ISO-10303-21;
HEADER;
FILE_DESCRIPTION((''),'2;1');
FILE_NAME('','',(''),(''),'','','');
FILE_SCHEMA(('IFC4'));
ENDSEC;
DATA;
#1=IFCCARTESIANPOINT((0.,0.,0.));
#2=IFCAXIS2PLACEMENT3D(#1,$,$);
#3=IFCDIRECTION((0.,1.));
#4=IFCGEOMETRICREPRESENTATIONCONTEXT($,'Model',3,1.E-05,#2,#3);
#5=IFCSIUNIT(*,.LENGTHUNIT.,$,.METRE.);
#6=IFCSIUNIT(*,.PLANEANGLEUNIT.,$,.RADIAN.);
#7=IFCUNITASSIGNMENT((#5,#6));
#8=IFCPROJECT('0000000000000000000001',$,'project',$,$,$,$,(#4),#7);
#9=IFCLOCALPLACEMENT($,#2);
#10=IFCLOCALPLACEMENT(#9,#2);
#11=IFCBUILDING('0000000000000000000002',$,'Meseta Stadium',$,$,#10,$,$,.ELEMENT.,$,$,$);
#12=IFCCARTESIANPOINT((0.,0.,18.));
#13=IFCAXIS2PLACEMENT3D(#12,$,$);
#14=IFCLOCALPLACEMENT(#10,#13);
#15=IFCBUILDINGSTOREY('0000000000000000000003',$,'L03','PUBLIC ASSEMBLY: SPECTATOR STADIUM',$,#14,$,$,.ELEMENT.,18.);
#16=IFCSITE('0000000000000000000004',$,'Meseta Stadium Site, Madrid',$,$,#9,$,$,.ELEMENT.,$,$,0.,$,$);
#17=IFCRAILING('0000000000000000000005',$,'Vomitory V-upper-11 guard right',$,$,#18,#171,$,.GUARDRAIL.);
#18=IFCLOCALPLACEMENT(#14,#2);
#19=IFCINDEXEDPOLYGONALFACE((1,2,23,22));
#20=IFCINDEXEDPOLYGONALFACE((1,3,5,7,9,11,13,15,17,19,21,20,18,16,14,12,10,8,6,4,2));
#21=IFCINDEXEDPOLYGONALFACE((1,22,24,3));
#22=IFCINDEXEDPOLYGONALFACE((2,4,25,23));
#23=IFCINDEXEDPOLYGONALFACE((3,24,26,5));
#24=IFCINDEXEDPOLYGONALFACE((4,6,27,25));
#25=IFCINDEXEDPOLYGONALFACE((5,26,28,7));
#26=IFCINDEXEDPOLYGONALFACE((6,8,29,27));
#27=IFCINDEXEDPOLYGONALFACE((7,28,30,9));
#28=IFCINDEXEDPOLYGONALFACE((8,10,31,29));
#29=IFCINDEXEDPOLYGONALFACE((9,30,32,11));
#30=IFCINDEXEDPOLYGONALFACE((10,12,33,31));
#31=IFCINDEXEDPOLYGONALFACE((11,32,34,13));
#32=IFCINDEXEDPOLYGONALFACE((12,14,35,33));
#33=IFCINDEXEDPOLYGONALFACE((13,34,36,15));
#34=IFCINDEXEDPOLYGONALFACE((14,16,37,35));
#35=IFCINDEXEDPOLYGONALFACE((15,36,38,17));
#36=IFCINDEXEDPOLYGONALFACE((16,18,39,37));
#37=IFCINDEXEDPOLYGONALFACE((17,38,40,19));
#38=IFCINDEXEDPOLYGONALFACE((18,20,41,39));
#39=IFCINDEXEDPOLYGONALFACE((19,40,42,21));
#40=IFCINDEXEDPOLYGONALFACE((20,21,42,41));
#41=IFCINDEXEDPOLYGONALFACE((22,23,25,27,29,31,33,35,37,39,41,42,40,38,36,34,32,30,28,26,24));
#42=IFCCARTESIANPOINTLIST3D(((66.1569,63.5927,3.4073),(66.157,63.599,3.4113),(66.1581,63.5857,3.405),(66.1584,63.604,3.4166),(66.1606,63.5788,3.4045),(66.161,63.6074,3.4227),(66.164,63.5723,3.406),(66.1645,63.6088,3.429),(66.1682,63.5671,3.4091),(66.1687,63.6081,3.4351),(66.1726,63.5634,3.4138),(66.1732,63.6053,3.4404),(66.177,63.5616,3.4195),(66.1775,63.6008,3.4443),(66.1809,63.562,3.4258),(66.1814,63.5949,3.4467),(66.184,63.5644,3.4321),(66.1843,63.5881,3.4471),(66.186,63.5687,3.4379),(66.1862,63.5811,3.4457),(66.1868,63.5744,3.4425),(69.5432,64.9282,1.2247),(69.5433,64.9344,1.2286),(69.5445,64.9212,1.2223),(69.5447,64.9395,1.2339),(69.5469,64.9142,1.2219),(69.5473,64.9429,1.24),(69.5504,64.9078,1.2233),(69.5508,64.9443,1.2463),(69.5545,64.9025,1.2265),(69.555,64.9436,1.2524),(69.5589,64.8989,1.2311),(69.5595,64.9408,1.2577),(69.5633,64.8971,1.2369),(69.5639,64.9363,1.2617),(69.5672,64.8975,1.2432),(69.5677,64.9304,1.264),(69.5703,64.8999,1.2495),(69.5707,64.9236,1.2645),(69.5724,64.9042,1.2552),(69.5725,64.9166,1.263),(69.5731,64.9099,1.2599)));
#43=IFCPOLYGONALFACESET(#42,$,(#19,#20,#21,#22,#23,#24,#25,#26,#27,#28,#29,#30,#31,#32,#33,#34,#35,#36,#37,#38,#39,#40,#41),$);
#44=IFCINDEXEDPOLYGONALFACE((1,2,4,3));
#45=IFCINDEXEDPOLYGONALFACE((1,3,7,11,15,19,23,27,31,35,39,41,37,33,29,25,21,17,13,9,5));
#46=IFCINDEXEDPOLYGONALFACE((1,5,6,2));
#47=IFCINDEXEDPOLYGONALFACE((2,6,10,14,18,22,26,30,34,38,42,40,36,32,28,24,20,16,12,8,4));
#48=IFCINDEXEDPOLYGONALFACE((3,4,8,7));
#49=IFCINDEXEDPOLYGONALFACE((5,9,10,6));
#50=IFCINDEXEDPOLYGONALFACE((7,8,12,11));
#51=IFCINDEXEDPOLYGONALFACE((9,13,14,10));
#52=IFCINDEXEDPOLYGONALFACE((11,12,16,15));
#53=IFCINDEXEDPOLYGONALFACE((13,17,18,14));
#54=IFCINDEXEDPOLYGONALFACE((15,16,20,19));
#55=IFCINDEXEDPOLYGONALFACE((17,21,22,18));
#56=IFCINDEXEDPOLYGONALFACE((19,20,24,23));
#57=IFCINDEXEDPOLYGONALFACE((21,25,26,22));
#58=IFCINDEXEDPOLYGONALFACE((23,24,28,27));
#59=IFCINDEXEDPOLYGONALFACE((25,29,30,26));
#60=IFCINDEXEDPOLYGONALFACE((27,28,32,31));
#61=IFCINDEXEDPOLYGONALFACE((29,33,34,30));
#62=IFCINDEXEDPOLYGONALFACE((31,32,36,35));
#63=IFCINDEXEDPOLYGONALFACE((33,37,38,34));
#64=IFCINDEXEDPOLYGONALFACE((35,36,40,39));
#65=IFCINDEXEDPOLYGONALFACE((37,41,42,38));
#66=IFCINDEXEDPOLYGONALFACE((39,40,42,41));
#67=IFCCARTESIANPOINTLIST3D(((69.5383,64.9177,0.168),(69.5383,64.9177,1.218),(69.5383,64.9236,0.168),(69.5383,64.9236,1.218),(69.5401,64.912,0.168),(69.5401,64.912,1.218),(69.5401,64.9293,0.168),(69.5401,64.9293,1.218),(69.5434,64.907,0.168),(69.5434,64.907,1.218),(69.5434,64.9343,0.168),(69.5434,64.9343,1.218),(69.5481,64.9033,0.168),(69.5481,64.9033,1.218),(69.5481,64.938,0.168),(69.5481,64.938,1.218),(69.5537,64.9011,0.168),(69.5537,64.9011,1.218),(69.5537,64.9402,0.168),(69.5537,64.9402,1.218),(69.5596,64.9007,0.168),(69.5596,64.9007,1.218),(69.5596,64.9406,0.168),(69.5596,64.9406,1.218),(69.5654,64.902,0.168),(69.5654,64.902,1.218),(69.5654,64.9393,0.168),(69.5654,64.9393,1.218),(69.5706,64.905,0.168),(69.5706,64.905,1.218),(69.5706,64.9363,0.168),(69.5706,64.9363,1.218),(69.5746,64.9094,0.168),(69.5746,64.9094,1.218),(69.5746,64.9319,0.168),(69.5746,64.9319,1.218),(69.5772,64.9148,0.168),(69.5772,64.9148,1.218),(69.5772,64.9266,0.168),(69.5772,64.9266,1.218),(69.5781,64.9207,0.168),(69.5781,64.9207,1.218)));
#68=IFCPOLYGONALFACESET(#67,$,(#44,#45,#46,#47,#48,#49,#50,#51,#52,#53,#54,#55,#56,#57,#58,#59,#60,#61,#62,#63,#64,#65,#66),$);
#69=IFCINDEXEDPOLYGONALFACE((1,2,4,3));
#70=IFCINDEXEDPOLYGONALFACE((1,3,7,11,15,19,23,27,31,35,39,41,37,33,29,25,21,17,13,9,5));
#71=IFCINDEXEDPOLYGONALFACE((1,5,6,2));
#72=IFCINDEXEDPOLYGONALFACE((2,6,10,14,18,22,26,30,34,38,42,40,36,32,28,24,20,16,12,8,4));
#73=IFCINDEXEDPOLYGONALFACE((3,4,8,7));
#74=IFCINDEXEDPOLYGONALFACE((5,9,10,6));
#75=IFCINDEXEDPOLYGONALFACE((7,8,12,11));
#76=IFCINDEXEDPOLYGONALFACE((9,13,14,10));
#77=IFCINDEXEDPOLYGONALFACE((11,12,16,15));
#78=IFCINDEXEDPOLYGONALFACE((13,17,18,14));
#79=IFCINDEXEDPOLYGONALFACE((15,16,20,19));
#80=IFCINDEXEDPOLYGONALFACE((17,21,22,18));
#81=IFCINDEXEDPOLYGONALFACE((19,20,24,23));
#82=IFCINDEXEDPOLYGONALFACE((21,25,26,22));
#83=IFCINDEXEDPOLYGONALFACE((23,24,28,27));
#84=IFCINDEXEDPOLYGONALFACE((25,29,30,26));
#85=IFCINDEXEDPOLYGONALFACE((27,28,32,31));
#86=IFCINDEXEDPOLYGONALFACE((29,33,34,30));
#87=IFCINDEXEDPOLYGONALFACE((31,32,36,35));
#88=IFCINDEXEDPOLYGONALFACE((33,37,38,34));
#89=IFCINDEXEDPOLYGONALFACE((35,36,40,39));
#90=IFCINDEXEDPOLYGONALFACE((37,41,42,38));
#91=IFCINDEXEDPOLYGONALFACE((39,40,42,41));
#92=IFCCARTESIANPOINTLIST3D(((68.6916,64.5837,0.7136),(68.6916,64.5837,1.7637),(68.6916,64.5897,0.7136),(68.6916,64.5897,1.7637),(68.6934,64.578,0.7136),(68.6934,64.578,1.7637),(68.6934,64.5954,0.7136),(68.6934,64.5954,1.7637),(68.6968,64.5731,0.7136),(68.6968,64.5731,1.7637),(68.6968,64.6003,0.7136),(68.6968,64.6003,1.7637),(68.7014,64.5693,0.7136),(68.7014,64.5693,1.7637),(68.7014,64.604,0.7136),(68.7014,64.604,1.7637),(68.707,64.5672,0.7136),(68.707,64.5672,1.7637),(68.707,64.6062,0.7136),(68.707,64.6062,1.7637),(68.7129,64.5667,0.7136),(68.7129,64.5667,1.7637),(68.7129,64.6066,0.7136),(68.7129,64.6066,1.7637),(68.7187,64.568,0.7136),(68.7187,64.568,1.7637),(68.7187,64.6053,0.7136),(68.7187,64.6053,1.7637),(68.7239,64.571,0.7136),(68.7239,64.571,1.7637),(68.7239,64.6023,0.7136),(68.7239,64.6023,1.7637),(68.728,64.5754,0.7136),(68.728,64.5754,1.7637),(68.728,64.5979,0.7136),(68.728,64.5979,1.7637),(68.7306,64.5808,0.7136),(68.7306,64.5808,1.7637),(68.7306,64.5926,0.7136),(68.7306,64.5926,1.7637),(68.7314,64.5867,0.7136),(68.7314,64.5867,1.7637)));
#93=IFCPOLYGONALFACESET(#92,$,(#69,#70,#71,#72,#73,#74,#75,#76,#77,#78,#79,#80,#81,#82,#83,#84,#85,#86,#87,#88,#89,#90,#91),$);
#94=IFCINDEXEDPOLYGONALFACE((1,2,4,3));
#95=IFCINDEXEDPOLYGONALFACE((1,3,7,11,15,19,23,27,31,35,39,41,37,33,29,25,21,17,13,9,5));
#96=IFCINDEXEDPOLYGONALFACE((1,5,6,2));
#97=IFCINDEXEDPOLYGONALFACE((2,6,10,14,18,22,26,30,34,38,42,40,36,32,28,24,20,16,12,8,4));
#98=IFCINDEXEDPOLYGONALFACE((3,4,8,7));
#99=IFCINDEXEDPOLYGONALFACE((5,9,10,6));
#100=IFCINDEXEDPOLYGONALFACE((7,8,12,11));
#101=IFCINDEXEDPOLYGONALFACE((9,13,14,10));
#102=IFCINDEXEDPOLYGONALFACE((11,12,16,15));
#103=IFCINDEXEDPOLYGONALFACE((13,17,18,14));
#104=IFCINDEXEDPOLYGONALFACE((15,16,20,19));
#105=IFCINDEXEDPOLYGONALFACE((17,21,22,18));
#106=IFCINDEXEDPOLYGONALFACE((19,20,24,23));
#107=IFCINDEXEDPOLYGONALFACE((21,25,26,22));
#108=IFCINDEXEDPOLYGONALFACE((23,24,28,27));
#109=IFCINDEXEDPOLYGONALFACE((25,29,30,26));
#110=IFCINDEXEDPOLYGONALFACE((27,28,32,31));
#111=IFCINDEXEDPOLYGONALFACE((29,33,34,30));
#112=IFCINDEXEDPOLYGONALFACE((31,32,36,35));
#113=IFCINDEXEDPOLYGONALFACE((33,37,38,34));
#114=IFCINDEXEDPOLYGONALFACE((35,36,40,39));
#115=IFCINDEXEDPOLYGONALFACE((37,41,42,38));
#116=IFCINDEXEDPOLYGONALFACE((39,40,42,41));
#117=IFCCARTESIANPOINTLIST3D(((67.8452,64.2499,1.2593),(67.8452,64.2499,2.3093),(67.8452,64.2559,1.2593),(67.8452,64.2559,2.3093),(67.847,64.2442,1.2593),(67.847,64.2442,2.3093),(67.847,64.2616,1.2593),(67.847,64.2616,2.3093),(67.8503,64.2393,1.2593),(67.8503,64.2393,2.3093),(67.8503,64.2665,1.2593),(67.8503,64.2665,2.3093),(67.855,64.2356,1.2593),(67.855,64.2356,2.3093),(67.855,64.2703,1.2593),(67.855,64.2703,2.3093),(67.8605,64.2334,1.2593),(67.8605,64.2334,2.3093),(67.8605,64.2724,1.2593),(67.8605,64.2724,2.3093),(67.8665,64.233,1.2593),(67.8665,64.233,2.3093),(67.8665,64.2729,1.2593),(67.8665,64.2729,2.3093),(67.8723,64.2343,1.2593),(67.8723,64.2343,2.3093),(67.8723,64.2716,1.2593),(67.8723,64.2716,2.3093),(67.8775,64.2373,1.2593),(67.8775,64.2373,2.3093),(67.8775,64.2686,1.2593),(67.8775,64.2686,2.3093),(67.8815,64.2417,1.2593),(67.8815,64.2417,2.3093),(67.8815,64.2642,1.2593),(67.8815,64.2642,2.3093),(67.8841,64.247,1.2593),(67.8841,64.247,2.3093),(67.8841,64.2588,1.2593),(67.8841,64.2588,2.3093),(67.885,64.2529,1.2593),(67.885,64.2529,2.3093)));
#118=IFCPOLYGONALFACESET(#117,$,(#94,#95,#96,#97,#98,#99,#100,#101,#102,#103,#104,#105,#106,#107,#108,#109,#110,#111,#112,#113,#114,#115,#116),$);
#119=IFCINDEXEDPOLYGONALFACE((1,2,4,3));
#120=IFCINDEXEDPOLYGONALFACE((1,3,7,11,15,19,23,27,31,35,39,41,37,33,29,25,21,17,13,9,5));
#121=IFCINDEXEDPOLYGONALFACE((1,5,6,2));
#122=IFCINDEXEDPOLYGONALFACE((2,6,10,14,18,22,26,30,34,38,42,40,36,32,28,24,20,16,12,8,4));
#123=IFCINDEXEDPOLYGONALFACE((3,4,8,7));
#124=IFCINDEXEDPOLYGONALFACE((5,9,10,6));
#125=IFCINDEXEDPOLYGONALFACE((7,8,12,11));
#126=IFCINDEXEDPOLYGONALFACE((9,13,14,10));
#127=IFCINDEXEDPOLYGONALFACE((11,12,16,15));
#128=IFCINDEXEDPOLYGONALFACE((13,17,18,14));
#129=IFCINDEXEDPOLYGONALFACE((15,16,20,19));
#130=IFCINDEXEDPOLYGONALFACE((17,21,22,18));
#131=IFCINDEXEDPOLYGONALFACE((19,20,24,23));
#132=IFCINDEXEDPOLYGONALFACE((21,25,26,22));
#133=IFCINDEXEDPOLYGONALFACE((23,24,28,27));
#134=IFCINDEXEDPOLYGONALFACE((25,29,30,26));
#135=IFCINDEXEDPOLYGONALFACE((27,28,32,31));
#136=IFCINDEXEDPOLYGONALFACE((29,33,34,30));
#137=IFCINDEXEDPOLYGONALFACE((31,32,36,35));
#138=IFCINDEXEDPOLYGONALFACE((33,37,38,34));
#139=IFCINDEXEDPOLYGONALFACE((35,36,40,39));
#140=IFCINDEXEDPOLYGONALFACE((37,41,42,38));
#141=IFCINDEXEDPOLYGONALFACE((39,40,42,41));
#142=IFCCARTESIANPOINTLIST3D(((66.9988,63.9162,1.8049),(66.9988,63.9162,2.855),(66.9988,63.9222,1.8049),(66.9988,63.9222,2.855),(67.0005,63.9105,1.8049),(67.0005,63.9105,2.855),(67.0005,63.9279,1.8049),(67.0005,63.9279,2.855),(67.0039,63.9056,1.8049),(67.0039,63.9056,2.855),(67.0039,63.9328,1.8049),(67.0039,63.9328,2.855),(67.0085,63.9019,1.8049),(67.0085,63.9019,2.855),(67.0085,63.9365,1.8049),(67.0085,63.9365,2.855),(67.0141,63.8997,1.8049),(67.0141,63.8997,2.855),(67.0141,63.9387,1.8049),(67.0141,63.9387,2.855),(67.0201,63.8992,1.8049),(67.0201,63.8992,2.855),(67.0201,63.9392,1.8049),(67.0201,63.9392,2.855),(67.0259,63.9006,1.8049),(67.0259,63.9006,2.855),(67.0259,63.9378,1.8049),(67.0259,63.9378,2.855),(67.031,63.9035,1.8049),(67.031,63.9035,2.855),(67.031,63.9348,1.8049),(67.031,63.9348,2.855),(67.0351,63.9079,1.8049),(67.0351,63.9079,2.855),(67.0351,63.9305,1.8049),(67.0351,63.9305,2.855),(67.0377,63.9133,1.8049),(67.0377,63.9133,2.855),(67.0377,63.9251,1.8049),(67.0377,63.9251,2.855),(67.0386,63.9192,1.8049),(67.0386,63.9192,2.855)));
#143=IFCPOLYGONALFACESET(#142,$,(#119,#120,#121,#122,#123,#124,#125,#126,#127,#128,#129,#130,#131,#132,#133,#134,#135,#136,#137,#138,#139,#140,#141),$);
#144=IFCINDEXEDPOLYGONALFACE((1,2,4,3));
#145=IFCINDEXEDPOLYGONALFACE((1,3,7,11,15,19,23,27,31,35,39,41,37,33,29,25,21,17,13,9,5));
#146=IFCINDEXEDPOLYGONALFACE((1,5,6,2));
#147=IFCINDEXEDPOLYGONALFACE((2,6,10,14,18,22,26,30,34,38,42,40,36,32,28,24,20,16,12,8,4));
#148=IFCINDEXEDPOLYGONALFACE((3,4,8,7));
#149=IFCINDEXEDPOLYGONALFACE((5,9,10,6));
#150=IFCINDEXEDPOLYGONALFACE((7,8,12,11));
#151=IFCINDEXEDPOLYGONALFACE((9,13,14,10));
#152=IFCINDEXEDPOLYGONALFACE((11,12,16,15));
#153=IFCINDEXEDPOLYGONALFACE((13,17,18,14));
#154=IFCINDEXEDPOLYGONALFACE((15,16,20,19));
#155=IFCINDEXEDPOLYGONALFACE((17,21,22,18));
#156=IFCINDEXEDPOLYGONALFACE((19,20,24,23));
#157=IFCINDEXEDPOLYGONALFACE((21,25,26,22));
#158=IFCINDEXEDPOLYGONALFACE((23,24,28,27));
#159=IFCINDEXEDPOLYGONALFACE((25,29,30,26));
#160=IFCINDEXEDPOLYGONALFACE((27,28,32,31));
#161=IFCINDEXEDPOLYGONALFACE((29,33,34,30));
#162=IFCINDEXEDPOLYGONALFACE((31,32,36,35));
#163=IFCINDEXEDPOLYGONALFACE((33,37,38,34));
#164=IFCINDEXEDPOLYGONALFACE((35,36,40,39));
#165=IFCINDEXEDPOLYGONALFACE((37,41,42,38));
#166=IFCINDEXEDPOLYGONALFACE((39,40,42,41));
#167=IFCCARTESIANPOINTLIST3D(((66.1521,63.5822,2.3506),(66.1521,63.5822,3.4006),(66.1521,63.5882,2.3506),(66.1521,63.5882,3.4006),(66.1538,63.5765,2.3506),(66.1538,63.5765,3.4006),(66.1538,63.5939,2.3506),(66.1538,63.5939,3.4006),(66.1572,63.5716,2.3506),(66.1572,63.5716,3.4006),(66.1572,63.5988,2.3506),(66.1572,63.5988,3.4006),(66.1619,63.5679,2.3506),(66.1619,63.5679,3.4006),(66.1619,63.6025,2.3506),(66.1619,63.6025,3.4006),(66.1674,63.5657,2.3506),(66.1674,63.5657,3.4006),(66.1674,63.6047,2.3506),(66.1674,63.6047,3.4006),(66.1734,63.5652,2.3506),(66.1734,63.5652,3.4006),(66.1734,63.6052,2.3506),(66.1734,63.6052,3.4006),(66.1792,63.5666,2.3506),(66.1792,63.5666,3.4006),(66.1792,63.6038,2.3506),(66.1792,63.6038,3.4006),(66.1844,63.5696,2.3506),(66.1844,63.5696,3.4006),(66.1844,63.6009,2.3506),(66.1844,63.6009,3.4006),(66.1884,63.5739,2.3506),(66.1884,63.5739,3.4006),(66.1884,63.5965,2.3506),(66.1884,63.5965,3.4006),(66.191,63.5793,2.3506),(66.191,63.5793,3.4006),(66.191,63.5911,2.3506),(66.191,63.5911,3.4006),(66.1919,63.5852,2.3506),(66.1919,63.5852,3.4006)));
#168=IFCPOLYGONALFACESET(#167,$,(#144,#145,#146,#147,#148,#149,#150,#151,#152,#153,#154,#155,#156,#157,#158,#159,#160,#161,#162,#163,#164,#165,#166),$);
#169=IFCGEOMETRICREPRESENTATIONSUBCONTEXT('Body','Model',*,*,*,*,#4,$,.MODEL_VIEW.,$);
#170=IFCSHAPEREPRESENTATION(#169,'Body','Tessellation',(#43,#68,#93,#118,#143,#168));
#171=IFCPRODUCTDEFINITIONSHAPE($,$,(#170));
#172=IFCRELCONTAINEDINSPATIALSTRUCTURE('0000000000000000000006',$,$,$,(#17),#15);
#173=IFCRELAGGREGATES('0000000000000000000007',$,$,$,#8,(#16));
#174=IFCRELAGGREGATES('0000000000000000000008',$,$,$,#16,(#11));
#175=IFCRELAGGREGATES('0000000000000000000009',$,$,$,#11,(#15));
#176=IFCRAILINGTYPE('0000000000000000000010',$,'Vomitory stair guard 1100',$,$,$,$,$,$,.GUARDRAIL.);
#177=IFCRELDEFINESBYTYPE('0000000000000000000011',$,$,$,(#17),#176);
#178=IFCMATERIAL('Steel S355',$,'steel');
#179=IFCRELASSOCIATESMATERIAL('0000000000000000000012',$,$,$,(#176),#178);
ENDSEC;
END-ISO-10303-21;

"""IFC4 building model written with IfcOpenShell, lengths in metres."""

from ifc_helpers import new_model, si_unit, direction, frame, origin, origin_2d, place, context, subcontext, project, spatial, circle, extrude, material, type_object, element, save


model = new_model("IFC4")

# Units and contexts
model_context = context("Model", 3, precision=1e-05, world=origin(), true_north=direction((0.0, 1.0)))
body_context = subcontext(model_context, "Body", "Model", "MODEL_VIEW")
ifc_project = project(units=[si_unit("LENGTHUNIT", "METRE"), si_unit("PLANEANGLEUNIT", "RADIAN")], contexts=[model_context])

# Site, building, storey
site_placement = place(None, origin())
site = spatial("IfcSite", under=ifc_project, at=site_placement, Name="Meseta Stadium Site, Madrid", CompositionType="ELEMENT", RefElevation=0.0)
building_placement = place(site_placement, origin())
building = spatial("IfcBuilding", under=site, at=building_placement, Name="Meseta Stadium", CompositionType="ELEMENT")
storey_placement = place(building_placement, frame((0.0, 0.0, 18.0)))
storey = spatial("IfcBuildingStorey", under=building, at=storey_placement, Name="L03", Description="PUBLIC ASSEMBLY: SPECTATOR STADIUM", CompositionType="ELEMENT", Elevation=18.0)

# Railing
ifc_material_1 = material(Name="Steel S355", Category="steel")
railing_type_1 = type_object("IfcRailingType", Name="Vomitory stair guard 1100", PredefinedType="GUARDRAIL", material=ifc_material_1)
for number, where, name in (
    (1, (69.5581, 64.9207, 0.168), "Vomitory V-upper-11 guard right"),
):
    element("IfcRailing", number, at=place(storey_placement, frame(where)), inside=storey, type_object=railing_type_1, Name=name, PredefinedType="GUARDRAIL", context=body_context, shape_type="SweptSolid", body=[
        extrude(circle(Radius=0.0249, at=origin_2d()), frame((0.0, 0.0, 1.0752), z_axis=(-0.797836, -0.314648, 0.514251), x_axis=(0.366876, -0.93027, 0.0)), (0.0, 0.0, 1.0), 4.2444),
        extrude(circle(Radius=0.02, at=origin_2d()), origin(), (0.0, 0.0, 1.0), 1.05),
        extrude(circle(Radius=0.02, at=origin_2d()), frame((-0.8467, -0.334, 0.5457)), (0.0, 0.0, 1.0), 1.05),
        extrude(circle(Radius=0.02, at=origin_2d()), frame((-1.6931, -0.6677, 1.0913)), (0.0, 0.0, 1.0), 1.05),
        extrude(circle(Radius=0.02, at=origin_2d()), frame((-2.5396, -1.0015, 1.637)), (0.0, 0.0, 1.0), 1.05),
        extrude(circle(Radius=0.02, at=origin_2d()), frame((-3.3862, -1.3354, 2.1826)), (0.0, 0.0, 1.0), 1.05),
    ])

save(model, "model.ifc")
